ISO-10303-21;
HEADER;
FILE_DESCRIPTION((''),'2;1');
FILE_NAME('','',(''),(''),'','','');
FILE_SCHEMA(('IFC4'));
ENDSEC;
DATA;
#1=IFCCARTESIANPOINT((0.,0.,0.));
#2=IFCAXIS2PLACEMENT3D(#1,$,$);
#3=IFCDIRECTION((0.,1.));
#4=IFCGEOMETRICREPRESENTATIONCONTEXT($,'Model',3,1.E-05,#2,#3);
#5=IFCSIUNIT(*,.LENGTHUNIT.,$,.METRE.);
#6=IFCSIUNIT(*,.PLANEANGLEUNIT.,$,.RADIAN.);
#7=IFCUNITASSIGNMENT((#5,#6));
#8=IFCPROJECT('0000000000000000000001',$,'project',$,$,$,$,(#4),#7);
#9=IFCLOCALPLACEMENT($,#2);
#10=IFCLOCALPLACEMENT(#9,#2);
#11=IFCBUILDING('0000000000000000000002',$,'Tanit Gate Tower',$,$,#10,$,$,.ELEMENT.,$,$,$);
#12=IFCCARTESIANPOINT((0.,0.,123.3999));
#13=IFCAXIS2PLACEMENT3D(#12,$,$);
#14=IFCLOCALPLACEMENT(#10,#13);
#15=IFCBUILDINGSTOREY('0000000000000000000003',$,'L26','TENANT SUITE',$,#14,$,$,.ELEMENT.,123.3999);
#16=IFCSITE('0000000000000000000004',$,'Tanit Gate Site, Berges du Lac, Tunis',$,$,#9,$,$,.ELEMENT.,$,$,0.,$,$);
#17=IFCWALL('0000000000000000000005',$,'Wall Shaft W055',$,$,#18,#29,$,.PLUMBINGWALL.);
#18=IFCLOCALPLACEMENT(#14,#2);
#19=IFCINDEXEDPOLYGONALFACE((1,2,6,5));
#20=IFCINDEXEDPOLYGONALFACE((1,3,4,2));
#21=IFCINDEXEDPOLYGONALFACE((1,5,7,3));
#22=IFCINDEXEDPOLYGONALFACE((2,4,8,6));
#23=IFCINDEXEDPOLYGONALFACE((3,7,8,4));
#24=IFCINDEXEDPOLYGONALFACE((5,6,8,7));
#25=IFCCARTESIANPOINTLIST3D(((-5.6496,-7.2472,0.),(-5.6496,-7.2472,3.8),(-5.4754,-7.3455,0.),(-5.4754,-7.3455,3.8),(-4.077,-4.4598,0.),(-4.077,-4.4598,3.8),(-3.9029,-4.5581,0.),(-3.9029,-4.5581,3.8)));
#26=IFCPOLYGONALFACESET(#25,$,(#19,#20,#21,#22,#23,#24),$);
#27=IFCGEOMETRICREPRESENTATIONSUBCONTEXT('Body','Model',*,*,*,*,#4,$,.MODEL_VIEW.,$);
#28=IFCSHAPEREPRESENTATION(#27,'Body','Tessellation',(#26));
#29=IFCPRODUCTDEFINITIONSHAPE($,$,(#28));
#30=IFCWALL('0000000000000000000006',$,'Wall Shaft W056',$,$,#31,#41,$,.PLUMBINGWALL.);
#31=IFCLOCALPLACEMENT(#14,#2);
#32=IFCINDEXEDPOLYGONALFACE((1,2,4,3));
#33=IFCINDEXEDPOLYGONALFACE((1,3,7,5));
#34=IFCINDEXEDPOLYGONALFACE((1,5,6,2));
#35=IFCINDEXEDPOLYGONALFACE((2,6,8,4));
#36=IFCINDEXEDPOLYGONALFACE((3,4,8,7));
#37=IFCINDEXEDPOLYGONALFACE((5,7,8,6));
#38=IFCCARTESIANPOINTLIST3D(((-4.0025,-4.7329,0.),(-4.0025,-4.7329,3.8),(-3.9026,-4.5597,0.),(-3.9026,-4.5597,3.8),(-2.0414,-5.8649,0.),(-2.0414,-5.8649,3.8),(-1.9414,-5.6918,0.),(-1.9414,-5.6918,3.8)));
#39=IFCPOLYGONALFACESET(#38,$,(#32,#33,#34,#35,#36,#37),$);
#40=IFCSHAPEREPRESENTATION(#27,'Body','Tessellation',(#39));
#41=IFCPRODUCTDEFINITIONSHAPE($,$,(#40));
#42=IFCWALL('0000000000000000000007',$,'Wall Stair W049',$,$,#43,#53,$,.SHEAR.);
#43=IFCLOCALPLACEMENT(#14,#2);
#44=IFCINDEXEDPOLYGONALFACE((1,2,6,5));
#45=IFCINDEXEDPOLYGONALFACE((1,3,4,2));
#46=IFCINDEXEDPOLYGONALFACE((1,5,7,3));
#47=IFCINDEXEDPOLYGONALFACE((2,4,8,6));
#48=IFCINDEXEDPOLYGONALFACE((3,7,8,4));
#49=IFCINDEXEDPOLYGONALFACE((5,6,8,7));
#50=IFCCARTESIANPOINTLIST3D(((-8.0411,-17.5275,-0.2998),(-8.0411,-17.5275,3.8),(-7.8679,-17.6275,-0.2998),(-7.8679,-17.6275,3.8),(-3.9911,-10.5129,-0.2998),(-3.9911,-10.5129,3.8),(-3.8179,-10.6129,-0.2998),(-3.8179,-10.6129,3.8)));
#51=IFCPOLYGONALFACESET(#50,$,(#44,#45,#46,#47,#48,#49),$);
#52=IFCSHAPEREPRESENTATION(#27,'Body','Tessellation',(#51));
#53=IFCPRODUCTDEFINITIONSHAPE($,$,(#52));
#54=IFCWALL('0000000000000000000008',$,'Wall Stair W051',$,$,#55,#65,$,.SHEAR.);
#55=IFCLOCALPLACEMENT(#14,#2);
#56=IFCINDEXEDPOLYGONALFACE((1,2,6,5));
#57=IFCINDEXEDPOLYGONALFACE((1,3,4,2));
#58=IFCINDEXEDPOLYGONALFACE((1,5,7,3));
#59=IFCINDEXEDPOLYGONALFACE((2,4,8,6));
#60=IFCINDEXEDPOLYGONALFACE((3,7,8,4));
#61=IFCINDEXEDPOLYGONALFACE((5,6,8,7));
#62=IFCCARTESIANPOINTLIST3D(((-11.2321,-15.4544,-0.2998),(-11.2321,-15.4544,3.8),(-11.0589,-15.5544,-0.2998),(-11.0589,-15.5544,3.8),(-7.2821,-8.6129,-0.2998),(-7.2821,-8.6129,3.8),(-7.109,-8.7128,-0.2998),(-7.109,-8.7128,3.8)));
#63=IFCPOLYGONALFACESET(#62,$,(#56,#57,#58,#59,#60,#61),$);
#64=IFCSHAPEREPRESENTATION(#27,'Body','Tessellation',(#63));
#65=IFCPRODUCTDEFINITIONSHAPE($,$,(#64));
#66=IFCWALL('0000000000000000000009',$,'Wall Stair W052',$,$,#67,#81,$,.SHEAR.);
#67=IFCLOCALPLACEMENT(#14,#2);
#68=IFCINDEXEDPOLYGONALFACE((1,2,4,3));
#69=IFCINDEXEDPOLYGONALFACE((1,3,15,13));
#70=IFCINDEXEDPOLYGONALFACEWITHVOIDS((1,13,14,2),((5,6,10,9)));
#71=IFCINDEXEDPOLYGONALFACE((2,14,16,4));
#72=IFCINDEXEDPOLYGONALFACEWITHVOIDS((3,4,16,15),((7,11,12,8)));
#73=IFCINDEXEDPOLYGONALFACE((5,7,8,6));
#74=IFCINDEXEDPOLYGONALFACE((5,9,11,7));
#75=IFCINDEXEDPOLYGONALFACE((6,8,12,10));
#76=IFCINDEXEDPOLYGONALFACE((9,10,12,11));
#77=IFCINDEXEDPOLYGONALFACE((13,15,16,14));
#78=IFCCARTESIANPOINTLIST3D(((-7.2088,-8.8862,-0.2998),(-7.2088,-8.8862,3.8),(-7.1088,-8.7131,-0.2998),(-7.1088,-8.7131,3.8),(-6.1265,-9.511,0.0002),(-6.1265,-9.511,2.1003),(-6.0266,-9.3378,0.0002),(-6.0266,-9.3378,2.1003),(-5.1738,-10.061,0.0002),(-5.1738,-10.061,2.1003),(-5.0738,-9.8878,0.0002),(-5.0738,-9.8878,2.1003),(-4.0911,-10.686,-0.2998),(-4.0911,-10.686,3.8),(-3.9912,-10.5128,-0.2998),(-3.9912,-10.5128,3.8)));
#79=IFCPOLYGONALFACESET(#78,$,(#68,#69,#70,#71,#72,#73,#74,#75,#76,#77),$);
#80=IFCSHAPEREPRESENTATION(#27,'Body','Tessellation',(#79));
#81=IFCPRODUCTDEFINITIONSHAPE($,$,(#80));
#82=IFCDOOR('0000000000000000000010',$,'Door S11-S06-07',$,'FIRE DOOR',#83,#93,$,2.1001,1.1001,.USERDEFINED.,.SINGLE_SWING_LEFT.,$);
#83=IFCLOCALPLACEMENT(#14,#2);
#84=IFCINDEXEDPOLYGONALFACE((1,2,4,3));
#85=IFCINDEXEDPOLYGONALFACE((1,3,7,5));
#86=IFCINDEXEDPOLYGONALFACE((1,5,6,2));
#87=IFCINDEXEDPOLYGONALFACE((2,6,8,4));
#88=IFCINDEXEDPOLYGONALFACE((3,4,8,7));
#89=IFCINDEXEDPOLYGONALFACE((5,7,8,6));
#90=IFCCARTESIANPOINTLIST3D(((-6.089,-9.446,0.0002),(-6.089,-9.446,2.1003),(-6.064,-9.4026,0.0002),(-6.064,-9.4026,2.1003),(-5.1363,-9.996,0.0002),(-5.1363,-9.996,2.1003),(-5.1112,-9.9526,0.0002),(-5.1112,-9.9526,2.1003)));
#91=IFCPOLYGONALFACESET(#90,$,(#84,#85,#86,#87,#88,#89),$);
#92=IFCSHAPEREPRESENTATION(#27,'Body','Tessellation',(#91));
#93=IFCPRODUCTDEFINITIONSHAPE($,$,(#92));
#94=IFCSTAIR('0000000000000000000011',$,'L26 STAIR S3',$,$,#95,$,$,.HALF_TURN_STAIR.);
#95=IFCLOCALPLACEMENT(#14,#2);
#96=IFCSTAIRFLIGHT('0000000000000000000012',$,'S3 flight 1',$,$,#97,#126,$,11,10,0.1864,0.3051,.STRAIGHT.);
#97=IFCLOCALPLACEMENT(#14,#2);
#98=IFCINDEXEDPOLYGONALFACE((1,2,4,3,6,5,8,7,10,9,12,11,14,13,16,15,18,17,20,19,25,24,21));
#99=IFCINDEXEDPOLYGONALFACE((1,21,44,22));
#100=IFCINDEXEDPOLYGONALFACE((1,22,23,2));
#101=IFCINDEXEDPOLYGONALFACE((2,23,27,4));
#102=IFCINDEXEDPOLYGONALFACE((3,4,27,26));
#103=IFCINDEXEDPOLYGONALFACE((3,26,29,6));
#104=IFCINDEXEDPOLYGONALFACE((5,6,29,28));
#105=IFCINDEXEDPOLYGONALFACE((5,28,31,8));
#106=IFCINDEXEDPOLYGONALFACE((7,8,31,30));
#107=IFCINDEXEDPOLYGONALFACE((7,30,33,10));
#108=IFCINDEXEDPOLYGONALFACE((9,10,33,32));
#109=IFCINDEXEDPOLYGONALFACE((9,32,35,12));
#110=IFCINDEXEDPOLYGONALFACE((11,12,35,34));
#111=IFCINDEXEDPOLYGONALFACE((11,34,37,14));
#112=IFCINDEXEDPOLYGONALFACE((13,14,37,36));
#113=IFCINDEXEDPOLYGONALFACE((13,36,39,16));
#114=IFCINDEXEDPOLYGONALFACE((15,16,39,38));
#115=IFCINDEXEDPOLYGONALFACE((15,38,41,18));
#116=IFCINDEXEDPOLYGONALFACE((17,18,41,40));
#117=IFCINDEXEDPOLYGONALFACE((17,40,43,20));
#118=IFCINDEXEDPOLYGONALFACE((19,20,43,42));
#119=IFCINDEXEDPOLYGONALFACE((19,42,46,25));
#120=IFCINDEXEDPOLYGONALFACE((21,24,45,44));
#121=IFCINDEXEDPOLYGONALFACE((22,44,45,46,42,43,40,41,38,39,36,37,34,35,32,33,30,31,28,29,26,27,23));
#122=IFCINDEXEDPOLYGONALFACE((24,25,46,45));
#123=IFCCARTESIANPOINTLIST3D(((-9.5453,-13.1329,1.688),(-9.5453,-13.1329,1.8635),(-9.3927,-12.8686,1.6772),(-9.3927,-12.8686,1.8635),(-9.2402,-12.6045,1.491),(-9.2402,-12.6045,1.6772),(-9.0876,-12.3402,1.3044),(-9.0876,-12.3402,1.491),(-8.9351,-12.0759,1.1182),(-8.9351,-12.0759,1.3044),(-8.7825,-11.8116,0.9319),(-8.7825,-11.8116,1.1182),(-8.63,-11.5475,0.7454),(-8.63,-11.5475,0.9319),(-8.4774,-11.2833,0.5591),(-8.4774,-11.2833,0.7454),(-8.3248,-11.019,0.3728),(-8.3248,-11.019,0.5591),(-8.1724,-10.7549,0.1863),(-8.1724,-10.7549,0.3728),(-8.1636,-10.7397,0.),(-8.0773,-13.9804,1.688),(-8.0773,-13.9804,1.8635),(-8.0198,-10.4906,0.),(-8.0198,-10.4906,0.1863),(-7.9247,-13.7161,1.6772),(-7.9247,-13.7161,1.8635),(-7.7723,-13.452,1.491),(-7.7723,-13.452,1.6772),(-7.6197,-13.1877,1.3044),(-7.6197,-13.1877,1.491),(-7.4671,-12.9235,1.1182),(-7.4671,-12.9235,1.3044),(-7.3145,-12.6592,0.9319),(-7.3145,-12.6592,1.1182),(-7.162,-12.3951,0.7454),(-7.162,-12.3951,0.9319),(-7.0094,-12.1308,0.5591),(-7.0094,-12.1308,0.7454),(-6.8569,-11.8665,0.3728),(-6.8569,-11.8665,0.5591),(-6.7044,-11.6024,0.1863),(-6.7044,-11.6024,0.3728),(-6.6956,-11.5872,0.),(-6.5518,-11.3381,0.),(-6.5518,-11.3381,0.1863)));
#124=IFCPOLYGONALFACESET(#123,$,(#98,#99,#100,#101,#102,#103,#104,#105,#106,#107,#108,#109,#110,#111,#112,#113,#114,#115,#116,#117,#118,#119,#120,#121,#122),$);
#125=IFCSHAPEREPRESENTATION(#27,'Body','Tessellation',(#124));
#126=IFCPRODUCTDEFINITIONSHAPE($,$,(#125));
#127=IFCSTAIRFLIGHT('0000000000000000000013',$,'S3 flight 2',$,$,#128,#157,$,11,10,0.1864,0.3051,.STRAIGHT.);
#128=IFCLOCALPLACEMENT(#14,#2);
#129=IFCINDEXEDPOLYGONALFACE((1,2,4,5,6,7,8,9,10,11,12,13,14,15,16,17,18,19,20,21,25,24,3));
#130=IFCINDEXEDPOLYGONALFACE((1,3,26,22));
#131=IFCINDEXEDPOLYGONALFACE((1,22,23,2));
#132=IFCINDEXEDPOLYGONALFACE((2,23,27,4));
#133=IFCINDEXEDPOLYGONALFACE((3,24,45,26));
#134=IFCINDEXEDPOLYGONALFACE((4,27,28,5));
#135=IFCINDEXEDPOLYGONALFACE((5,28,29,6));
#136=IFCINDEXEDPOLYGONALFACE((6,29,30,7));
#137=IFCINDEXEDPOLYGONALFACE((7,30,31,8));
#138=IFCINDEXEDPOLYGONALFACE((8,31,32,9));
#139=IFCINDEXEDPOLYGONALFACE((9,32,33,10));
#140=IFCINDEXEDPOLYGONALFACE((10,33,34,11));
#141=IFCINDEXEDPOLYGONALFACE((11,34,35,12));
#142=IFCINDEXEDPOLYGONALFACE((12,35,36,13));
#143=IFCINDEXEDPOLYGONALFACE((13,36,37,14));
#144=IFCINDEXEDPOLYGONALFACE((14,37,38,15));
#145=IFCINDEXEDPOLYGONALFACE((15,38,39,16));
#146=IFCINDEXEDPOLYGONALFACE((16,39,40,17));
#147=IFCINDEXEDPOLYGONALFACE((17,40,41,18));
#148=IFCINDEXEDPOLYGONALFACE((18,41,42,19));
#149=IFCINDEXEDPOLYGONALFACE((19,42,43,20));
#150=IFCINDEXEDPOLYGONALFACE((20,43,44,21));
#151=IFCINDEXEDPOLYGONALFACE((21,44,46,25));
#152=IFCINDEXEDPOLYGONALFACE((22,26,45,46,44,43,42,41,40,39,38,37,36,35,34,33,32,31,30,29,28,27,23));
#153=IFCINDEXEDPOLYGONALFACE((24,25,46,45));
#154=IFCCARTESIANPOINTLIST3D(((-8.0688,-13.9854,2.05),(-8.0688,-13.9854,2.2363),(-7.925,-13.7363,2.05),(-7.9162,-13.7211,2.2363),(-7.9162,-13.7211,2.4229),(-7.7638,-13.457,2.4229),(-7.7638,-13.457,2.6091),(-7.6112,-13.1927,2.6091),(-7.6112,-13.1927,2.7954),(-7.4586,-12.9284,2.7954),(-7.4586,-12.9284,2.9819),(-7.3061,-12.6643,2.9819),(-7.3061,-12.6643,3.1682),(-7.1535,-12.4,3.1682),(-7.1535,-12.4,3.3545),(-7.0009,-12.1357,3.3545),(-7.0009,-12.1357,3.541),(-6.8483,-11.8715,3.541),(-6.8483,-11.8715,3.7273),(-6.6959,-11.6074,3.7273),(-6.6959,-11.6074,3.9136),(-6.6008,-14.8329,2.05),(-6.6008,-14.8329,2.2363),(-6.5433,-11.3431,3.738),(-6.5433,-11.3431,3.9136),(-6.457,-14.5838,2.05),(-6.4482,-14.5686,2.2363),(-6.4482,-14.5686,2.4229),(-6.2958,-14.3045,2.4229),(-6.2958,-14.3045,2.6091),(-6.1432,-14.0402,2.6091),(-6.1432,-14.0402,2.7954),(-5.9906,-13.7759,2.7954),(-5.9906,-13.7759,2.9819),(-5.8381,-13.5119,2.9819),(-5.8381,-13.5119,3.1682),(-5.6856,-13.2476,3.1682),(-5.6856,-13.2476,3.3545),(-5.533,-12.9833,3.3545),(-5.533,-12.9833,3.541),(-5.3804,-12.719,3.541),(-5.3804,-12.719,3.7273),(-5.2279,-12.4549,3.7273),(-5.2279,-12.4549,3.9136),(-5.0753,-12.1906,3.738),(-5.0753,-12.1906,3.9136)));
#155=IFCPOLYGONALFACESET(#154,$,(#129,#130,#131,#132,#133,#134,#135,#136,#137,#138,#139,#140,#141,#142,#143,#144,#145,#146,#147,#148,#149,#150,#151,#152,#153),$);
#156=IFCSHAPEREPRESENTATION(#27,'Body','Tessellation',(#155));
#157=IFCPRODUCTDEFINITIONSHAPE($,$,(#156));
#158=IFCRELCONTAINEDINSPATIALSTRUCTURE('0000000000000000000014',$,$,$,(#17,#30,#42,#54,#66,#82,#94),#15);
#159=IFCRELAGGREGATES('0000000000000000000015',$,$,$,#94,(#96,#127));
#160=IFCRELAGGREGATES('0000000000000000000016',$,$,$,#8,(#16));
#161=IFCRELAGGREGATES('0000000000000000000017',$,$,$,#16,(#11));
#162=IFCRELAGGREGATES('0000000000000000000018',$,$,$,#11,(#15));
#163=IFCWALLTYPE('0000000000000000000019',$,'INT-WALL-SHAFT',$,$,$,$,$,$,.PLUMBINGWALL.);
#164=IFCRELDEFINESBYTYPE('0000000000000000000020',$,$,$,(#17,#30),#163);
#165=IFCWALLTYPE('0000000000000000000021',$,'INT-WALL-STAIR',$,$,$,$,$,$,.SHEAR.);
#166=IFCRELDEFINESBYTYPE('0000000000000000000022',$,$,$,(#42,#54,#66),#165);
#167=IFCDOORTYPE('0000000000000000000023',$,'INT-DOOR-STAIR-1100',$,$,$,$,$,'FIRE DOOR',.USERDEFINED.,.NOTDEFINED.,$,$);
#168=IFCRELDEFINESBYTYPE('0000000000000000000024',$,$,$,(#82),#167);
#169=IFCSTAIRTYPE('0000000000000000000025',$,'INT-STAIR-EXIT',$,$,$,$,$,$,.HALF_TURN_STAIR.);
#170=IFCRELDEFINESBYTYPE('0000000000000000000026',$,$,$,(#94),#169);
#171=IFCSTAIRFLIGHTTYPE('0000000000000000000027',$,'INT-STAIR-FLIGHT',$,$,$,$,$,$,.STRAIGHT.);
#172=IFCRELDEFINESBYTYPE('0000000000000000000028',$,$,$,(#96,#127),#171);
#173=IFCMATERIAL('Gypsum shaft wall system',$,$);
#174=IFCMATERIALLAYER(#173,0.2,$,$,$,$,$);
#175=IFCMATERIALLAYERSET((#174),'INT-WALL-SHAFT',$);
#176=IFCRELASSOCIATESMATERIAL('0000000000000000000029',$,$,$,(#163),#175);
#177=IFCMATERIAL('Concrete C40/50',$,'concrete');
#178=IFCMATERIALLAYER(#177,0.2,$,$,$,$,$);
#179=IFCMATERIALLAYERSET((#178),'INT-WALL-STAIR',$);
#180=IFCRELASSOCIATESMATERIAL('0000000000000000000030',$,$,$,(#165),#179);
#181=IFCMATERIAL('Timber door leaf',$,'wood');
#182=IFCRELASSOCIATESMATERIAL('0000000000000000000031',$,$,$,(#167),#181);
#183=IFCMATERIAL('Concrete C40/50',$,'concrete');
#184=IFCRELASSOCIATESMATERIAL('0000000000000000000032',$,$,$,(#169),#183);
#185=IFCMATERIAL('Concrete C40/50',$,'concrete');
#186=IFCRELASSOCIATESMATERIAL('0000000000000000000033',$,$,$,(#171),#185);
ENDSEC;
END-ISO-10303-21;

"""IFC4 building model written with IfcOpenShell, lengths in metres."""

from ifc_helpers import new_model, si_unit, direction, frame, frame_2d, origin, place, context, subcontext, project, spatial, polyline, rectangle, outline, extrude, material, layer, layer_set, type_object, element, fill, aggregate, save


model = new_model("IFC4")

# Units and contexts
model_context = context("Model", 3, precision=1e-05, world=origin(), true_north=direction((0.0, 1.0)))
body_context = subcontext(model_context, "Body", "Model", "MODEL_VIEW")
ifc_project = project(units=[si_unit("LENGTHUNIT", "METRE"), si_unit("PLANEANGLEUNIT", "RADIAN")], contexts=[model_context])

# Site, building, storey
site_placement = place(None, origin())
site = spatial("IfcSite", under=ifc_project, at=site_placement, Name="Tanit Gate Site, Berges du Lac, Tunis", CompositionType="ELEMENT", RefElevation=0.0)
building_placement = place(site_placement, origin())
building = spatial("IfcBuilding", under=site, at=building_placement, Name="Tanit Gate Tower", CompositionType="ELEMENT")
storey_placement = place(building_placement, frame((0.0, 0.0, 123.3999)))
storey = spatial("IfcBuildingStorey", under=building, at=storey_placement, Name="L26", Description="TENANT SUITE", CompositionType="ELEMENT", Elevation=123.3999)

# Shared definitions
ifc_material_1 = material(Name="Gypsum shaft wall system")
ifc_layer_1 = layer(ifc_material_1, 0.2)
ifc_layer_set_1 = layer_set([ifc_layer_1], Name="INT-WALL-SHAFT")
wall_type_1 = type_object("IfcWallType", Name="INT-WALL-SHAFT", PredefinedType="PLUMBINGWALL", material=ifc_layer_set_1)

# Walls
wall_1_placement = place(storey_placement, frame((-3.99, -4.509, 0.0), z_axis=(0.0, 0.0, 1.0), x_axis=(-0.491358, -0.870958, 0.0)))
element("IfcWall", 1, at=wall_1_placement, inside=storey, type_object=wall_type_1, Name="Wall Shaft W055", PredefinedType="PLUMBINGWALL", context=body_context, shape_type="SweptSolid", body=[
    extrude(rectangle(XDim=3.2004, YDim=0.2, at=frame_2d((1.6001, 0.0))), origin(), (0.0, 0.0, 1.0), 3.8),
])
wall_2_placement = place(storey_placement, frame((-3.9526, -4.6462, 0.0), z_axis=(0.0, 0.0, 1.0), x_axis=(0.866065, -0.499931, 0.0)))
element("IfcWall", 2, at=wall_2_placement, inside=storey, type_object=wall_type_1, Name="Wall Shaft W056", PredefinedType="PLUMBINGWALL", context=body_context, shape_type="SweptSolid", body=[
    extrude(rectangle(XDim=2.2644, YDim=0.2, at=frame_2d((1.1323, 0.0))), origin(), (0.0, 0.0, 1.0), 3.8),
])
ifc_material_2 = material(Name="Concrete C40/50", Category="concrete")
ifc_layer_2 = layer(ifc_material_2, 0.2)
ifc_layer_set_2 = layer_set([ifc_layer_2], Name="INT-WALL-STAIR")
wall_type_2 = type_object("IfcWallType", Name="INT-WALL-STAIR", PredefinedType="SHEAR", material=ifc_layer_set_2)
wall_3_placement = place(storey_placement, frame((-3.9045, -10.563, -0.2998), z_axis=(0.0, 0.0, 1.0), x_axis=(-0.500013, -0.866018, 0.0)))
element("IfcWall", 3, at=wall_3_placement, inside=storey, type_object=wall_type_2, Name="Wall Stair W049", PredefinedType="SHEAR", context=body_context, shape_type="SweptSolid", body=[
    extrude(rectangle(XDim=8.0999, YDim=0.2, at=frame_2d((4.0498, 0.0))), origin(), (0.0, 0.0, 1.0), 4.0999),
])
wall_4_placement = place(storey_placement, frame((-7.1956, -8.6628, -0.2998), z_axis=(0.0, 0.0, 1.0), x_axis=(-0.499998, -0.866027, 0.0)))
element("IfcWall", 4, at=wall_4_placement, inside=storey, type_object=wall_type_2, Name="Wall Stair W051", PredefinedType="SHEAR", context=body_context, shape_type="SweptSolid", body=[
    extrude(rectangle(XDim=7.8999, YDim=0.2, at=frame_2d((3.95, 0.0))), origin(), (0.0, 0.0, 1.0), 4.0999),
])

# Wall, opening, door
wall_5_placement = place(storey_placement, frame((-4.0413, -10.5994, -0.2998), z_axis=(0.0, 0.0, 1.0), x_axis=(-0.866048, 0.499961, 0.0)))
wall_5 = element("IfcWall", 5, at=wall_5_placement, inside=storey, type_object=wall_type_2, Name="Wall Stair W052", PredefinedType="SHEAR", context=body_context, shape_type="SweptSolid", body=[
    extrude(rectangle(XDim=3.5999, YDim=0.2, at=frame_2d((1.7998, 0.0))), origin(), (0.0, 0.0, 1.0), 4.0999),
])
opening_1_placement = place(wall_5_placement, frame((1.25, 0.0, 0.3)))
opening_1 = element("IfcOpeningElement", 6, at=opening_1_placement, cuts=wall_5, PredefinedType="OPENING", context=body_context, shape_type="SweptSolid", body=[
    extrude(rectangle(XDim=1.1001, YDim=2.1001, at=frame_2d((0.55, 1.05))), frame((0.0, 0.1099, 0.0), z_axis=(0.0, -1.0, 0.0), x_axis=(1.0, 0.0, 0.0)), (0.0, 0.0, 1.0), 0.22),
])
ifc_material_3 = material(Name="Timber door leaf", Category="wood")
door_type_1 = type_object("IfcDoorType", Name="INT-DOOR-STAIR-1100", ElementType="FIRE DOOR", OperationType="NOTDEFINED", PredefinedType="USERDEFINED", material=ifc_material_3)
door_1_placement = place(opening_1_placement, origin())
door_1 = element("IfcDoor", 7, at=door_1_placement, inside=storey, type_object=door_type_1, Name="Door S11-S06-07", ObjectType="FIRE DOOR", OperationType="SINGLE_SWING_LEFT", OverallHeight=2.1001, OverallWidth=1.1001, PredefinedType="USERDEFINED", context=body_context, shape_type="SweptSolid", body=[
    extrude(rectangle(XDim=1.1001, YDim=2.1001, at=frame_2d((0.55, 1.05))), frame((0.0, 0.0249, 0.0), z_axis=(0.0, -1.0, 0.0), x_axis=(1.0, 0.0, 0.0)), (0.0, 0.0, 1.0), 0.05),
])
fill(opening_1, door_1)

# Stair, stair flights
ifc_material_4 = material(Name="Concrete C40/50", Category="concrete")
stair_type = type_object("IfcStairType", Name="INT-STAIR-EXIT", PredefinedType="HALF_TURN_STAIR", material=ifc_material_4)
stair_placement = place(storey_placement, origin())
stair = element("IfcStair", 8, at=stair_placement, inside=storey, type_object=stair_type, Name="L26 STAIR S3", PredefinedType="HALF_TURN_STAIR")
ifc_material_5 = material(Name="Concrete C40/50", Category="concrete")
stair_flight_type = type_object("IfcStairFlightType", Name="INT-STAIR-FLIGHT", PredefinedType="STRAIGHT", material=ifc_material_5)
stair_flight_1_placement = place(storey_placement, frame((-7.2859, -10.9143, 0.0), z_axis=(0.0, 0.0, 1.0), x_axis=(-0.5, -0.866025, 0.0)))
stair_flight_1 = element("IfcStairFlight", 9, at=stair_flight_1_placement, type_object=stair_flight_type, Name="S3 flight 1", NumberOfRisers=11, NumberOfTreads=10, PredefinedType="STRAIGHT", RiserHeight=0.1864, TreadLength=0.3051, context=body_context, shape_type="SweptSolid", body=[
    extrude(outline(polyline([(0.0, 0.0), (0.0, 0.1863), (0.3052, 0.1863), (0.3052, 0.3728), (0.6101, 0.3728), (0.6101, 0.5591), (0.9153, 0.5591), (0.9153, 0.7454), (1.2205, 0.7454), (1.2205, 0.9319), (1.5254, 0.9319), (1.5254, 1.1182), (1.8306, 1.1182), (1.8306, 1.3044), (2.1357, 1.3044), (2.1357, 1.491), (2.4409, 1.491), (2.4409, 1.6772), (2.7458, 1.6772), (2.7458, 1.8635), (3.051, 1.8635), (3.051, 2.05), (3.051, 1.688), (0.2876, 0.0), (0.0, 0.0)])), frame((0.0, 0.8477, 0.0), z_axis=(0.0, -1.0, 0.0), x_axis=(1.0, 0.0, 0.0)), (0.0, 0.0, 1.0), 1.6951),
])
stair_flight_2_placement = place(storey_placement, frame((-7.3347, -14.4092, 2.05), z_axis=(0.0, 0.0, 1.0), x_axis=(0.5, 0.866025, 0.0)))
stair_flight_2 = element("IfcStairFlight", 10, at=stair_flight_2_placement, type_object=stair_flight_type, Name="S3 flight 2", NumberOfRisers=11, NumberOfTreads=10, PredefinedType="STRAIGHT", RiserHeight=0.1864, TreadLength=0.3051, context=body_context, shape_type="SweptSolid", body=[
    extrude(outline(polyline([(0.0, 0.0), (0.0, 0.1863), (0.3052, 0.1863), (0.3052, 0.3728), (0.6101, 0.3728), (0.6101, 0.5591), (0.9153, 0.5591), (0.9153, 0.7454), (1.2205, 0.7454), (1.2205, 0.9319), (1.5254, 0.9319), (1.5254, 1.1182), (1.8306, 1.1182), (1.8306, 1.3044), (2.1357, 1.3044), (2.1357, 1.491), (2.4409, 1.491), (2.4409, 1.6772), (2.7458, 1.6772), (2.7458, 1.8635), (3.051, 1.8635), (3.051, 2.05), (3.051, 1.688), (0.2876, 0.0), (0.0, 0.0)])), frame((0.0, 0.8477, 0.0), z_axis=(0.0, -1.0, 0.0), x_axis=(1.0, 0.0, 0.0)), (0.0, 0.0, 1.0), 1.6951),
])
aggregate(stair, [stair_flight_1, stair_flight_2])

save(model, "model.ifc")
